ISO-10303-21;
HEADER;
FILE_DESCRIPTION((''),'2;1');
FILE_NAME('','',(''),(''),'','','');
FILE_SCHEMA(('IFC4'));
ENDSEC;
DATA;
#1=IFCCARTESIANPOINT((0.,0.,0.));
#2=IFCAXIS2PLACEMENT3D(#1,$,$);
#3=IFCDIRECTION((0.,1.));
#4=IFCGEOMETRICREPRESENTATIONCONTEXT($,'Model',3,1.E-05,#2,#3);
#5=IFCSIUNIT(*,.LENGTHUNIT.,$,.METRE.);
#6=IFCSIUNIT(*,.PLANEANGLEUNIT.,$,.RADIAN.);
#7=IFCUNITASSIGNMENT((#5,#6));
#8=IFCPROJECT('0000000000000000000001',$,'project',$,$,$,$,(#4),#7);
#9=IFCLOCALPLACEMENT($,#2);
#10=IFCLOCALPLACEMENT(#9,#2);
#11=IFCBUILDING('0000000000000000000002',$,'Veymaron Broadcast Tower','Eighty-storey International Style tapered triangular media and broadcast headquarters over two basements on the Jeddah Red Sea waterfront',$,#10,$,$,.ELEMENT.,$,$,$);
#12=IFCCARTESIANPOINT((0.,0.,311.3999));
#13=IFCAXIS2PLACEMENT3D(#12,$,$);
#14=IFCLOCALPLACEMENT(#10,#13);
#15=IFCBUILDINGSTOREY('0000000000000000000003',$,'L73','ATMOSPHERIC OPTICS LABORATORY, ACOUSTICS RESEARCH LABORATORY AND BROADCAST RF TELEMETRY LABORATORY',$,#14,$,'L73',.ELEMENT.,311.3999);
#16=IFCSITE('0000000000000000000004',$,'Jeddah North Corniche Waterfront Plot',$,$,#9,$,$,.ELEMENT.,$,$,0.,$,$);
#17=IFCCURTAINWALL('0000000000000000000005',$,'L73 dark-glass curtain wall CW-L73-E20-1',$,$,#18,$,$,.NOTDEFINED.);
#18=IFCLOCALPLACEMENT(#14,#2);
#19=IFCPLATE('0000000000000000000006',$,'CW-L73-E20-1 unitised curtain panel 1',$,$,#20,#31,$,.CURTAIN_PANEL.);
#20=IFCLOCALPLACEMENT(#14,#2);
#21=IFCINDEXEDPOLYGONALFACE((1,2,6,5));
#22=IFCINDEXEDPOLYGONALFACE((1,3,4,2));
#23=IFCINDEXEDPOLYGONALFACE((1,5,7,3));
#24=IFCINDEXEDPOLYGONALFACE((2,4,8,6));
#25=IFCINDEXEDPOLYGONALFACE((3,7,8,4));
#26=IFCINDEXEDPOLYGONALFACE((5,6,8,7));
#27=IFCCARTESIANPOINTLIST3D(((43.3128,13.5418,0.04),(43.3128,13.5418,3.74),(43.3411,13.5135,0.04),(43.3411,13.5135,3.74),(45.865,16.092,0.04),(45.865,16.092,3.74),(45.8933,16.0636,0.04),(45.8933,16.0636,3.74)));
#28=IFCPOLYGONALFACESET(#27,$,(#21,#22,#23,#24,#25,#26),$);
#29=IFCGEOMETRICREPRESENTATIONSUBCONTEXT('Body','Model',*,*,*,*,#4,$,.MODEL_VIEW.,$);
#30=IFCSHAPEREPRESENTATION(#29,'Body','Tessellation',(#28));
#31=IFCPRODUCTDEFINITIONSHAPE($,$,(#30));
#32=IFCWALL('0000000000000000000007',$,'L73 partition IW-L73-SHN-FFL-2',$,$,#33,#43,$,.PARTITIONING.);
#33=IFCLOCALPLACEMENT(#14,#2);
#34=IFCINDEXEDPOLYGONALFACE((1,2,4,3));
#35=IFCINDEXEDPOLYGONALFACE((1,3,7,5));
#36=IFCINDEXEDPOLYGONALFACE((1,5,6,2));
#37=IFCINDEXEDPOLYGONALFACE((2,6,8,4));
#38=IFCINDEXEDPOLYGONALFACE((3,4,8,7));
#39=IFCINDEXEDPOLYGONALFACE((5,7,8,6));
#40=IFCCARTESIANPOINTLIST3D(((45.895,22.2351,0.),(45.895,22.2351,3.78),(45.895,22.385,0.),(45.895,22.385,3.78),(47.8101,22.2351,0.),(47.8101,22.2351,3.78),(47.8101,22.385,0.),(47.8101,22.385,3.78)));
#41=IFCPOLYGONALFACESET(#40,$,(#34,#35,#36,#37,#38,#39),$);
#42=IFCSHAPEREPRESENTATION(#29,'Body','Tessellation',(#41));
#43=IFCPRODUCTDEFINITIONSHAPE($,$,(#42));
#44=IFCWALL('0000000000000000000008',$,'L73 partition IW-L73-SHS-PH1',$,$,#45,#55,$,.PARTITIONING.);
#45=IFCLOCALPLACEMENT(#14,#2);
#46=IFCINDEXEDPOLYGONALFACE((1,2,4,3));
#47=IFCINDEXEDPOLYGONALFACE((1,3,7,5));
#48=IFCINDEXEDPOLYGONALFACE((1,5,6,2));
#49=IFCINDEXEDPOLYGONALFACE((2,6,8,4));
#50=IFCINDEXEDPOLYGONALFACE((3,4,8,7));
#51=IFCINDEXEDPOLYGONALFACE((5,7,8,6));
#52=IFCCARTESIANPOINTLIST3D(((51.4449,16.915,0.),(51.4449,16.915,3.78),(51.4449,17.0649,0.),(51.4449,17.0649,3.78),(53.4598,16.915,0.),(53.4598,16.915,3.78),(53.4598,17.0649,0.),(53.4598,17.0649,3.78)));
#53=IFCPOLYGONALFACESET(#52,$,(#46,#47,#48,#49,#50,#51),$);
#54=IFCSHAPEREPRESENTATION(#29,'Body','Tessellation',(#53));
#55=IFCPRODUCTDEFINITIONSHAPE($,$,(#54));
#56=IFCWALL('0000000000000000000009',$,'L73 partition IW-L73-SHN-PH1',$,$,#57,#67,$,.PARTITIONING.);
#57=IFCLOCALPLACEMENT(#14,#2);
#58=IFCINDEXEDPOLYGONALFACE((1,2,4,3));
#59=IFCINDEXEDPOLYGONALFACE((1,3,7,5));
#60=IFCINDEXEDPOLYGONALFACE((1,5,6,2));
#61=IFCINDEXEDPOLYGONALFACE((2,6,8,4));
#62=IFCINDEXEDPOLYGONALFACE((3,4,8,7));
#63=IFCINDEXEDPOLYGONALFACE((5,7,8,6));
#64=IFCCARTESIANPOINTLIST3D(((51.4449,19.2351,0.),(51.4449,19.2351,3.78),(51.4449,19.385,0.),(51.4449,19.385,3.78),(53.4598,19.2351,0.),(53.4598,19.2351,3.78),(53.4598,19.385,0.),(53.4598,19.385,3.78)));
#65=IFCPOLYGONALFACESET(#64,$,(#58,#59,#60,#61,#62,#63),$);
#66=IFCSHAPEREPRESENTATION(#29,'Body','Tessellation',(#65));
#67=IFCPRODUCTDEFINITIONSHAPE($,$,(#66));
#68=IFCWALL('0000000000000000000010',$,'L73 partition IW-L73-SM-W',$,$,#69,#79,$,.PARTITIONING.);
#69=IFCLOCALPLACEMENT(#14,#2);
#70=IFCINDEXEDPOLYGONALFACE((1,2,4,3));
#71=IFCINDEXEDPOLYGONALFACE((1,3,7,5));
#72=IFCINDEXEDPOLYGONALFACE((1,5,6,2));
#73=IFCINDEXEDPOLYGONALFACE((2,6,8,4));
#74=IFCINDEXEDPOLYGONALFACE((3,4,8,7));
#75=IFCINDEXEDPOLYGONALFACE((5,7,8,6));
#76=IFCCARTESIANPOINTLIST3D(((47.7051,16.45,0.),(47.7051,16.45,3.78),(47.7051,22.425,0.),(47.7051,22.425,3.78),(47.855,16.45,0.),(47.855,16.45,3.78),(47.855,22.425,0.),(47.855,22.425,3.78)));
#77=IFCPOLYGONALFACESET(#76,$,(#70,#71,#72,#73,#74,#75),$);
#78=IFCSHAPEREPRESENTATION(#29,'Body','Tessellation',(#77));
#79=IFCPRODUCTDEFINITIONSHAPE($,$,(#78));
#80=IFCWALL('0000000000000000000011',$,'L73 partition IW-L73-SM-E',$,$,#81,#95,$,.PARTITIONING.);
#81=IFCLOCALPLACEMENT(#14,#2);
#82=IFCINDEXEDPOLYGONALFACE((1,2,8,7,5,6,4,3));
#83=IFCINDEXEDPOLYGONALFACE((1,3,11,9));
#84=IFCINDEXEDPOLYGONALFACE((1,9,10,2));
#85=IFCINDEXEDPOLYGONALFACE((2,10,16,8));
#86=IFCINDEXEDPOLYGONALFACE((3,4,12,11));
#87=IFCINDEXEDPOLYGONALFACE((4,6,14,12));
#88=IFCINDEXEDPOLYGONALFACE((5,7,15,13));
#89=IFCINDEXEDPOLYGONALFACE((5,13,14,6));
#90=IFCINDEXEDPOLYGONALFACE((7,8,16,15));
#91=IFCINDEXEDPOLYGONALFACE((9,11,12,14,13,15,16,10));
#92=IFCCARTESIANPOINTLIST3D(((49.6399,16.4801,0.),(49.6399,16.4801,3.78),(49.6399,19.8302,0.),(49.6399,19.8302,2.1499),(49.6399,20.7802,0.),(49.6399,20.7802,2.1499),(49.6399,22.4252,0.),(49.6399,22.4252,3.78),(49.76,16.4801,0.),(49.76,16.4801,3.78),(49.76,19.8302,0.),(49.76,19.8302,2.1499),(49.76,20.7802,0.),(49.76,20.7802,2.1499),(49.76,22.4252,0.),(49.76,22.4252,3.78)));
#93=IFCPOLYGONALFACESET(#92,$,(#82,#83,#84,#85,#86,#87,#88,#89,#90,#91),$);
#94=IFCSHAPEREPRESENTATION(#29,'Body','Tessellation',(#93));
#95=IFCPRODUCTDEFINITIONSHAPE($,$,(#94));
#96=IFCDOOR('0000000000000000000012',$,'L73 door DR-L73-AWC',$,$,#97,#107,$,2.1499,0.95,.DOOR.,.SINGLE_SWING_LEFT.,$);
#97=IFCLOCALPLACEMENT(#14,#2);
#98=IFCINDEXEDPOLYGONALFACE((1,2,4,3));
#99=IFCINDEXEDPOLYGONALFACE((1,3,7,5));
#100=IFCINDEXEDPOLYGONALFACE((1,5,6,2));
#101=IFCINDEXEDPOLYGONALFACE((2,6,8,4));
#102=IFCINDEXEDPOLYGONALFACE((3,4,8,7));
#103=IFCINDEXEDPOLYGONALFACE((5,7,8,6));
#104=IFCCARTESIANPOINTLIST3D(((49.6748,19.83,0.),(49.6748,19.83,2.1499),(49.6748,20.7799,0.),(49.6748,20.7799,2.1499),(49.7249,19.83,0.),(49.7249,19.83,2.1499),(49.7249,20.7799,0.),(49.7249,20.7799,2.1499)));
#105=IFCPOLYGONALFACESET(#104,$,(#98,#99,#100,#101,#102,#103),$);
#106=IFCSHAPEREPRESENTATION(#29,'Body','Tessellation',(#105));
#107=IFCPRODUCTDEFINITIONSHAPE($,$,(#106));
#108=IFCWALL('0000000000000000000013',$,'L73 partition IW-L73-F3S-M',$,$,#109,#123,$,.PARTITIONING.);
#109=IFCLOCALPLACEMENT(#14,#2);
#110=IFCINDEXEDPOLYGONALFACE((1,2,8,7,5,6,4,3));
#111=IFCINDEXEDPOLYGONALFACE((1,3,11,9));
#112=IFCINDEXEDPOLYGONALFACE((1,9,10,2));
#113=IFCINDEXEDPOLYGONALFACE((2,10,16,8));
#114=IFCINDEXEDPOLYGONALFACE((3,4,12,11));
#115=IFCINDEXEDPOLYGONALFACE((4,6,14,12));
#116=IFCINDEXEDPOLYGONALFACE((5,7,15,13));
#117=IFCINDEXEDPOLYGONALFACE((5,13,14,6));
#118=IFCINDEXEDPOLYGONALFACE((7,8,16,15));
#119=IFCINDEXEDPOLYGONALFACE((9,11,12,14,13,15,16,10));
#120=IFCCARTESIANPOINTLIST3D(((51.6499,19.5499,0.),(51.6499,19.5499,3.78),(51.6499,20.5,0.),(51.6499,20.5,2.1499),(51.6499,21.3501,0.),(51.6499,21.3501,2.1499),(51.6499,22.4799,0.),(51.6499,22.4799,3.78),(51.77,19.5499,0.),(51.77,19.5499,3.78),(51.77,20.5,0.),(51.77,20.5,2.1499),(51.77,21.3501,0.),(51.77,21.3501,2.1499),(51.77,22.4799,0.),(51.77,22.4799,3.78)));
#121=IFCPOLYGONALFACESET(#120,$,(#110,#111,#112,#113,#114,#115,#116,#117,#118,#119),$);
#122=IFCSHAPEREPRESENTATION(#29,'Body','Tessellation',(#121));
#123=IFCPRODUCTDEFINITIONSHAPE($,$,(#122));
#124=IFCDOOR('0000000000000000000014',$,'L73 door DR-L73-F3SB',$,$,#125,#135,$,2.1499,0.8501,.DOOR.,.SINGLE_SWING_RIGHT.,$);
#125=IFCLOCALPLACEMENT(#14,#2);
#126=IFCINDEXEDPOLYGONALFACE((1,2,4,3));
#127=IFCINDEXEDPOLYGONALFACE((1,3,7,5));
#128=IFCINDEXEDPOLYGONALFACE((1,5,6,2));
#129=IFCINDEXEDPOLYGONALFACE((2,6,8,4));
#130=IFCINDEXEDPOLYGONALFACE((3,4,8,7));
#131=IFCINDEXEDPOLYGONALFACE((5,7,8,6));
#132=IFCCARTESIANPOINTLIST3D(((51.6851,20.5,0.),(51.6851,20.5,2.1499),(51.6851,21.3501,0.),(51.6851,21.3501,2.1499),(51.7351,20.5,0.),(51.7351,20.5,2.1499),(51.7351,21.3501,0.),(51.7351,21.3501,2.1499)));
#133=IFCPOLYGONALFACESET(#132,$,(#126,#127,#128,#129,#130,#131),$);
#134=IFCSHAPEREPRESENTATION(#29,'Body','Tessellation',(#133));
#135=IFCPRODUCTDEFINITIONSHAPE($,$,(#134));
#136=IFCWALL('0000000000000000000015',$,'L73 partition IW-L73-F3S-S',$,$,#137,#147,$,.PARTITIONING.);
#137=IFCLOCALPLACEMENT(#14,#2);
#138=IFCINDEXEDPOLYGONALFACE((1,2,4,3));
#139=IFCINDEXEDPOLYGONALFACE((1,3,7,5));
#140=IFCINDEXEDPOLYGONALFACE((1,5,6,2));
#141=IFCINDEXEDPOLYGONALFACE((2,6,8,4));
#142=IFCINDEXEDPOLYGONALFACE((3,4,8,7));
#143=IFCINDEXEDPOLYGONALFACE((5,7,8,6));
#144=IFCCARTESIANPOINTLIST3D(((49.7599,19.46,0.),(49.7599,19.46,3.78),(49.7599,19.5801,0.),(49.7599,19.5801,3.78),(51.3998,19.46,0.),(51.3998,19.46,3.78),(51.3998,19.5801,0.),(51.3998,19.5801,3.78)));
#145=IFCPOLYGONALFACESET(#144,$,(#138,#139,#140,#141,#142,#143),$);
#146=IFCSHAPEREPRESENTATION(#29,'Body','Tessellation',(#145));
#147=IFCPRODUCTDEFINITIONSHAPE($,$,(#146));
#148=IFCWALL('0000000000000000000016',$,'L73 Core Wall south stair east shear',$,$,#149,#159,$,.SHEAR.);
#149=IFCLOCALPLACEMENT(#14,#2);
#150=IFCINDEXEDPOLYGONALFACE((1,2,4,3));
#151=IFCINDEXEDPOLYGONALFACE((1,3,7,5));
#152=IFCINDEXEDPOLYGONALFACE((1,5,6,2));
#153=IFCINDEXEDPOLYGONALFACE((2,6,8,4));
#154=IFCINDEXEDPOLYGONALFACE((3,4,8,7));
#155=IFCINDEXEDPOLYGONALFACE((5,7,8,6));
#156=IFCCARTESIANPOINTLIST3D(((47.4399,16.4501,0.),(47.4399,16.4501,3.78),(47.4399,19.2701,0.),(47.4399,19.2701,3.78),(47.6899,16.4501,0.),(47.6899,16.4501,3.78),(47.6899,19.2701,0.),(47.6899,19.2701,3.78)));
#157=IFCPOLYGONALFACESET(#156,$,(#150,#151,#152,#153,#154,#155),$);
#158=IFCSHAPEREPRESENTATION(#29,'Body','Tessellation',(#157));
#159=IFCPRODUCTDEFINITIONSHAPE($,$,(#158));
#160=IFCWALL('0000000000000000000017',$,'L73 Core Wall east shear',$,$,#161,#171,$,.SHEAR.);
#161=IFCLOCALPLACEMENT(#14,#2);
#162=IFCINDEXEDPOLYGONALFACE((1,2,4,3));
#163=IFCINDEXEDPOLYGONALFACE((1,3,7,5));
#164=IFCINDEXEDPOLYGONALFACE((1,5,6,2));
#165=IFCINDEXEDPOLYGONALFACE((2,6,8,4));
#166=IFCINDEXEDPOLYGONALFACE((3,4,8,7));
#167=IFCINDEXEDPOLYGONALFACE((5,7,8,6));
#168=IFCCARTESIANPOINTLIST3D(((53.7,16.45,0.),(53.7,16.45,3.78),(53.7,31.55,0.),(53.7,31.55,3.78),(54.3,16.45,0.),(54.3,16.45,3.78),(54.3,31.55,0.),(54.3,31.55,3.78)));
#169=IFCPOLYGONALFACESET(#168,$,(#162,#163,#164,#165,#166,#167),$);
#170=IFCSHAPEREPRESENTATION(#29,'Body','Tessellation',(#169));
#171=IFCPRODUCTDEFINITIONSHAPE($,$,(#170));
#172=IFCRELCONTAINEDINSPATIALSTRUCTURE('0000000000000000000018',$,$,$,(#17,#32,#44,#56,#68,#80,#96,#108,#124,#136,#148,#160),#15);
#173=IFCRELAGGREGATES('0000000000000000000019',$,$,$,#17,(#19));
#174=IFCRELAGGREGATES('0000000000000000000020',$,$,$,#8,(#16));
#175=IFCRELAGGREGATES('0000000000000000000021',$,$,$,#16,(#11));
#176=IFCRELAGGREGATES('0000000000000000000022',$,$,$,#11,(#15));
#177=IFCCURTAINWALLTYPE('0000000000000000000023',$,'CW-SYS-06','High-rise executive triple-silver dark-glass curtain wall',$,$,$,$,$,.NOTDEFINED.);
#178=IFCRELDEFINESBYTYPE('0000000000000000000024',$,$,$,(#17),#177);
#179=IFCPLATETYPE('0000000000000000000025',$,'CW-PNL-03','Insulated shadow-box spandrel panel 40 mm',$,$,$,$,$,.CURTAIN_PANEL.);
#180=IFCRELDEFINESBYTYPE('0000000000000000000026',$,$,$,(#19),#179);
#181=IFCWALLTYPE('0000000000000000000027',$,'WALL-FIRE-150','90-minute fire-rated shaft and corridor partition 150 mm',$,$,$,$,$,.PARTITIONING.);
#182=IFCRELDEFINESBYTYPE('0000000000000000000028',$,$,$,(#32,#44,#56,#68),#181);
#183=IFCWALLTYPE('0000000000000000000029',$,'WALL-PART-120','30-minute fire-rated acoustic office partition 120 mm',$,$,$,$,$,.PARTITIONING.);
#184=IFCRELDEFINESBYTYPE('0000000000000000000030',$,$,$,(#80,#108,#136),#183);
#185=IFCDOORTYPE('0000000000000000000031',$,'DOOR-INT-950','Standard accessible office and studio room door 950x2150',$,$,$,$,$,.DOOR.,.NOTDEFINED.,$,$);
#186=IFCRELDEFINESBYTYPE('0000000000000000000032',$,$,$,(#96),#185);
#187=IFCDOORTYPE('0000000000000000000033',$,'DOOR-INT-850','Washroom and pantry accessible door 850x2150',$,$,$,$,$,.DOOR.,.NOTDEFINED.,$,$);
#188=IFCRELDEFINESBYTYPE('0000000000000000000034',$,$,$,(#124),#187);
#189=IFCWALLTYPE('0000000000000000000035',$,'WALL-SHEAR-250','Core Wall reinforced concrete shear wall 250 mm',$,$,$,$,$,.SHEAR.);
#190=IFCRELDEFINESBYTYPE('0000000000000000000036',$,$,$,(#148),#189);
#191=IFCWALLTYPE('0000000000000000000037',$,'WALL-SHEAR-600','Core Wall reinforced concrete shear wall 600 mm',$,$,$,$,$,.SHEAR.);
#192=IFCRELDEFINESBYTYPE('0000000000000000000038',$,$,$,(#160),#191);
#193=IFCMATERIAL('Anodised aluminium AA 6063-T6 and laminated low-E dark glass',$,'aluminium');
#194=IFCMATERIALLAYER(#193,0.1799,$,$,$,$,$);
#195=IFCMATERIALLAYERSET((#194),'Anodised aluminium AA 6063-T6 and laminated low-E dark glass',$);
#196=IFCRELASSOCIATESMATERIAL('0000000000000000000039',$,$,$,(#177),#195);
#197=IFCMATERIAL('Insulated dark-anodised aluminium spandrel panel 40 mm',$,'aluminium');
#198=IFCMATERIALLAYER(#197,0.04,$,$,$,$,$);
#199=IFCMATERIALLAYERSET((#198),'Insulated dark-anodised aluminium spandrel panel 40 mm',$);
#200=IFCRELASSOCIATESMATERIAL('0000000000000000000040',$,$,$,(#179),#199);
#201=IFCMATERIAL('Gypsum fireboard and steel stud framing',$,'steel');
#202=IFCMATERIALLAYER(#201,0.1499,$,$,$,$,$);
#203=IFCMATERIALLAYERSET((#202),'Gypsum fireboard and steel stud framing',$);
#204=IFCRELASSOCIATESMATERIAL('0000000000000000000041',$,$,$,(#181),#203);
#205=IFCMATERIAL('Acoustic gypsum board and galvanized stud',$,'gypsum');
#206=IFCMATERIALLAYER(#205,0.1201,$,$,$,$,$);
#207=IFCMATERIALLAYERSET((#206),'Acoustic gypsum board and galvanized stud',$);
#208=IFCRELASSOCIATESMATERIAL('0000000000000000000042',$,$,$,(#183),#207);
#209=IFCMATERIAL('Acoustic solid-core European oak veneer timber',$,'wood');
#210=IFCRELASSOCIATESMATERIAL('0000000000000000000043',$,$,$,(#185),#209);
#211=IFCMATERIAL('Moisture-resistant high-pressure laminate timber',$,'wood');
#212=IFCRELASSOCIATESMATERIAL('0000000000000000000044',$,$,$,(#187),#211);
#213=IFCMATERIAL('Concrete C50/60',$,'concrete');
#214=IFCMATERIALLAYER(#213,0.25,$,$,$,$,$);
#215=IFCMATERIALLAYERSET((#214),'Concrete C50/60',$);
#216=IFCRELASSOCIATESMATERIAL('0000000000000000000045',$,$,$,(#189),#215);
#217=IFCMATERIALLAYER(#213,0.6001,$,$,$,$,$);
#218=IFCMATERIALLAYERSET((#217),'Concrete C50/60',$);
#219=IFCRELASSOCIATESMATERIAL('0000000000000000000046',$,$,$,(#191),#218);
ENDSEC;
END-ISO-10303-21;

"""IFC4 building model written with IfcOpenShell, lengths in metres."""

from ifc_helpers import new_model, si_unit, direction, frame, frame_2d, origin, origin_2d, place, context, subcontext, project, spatial, rectangle, extrude, material, layer, layer_set, type_object, element, fill, aggregate, save


model = new_model("IFC4")

# Units and contexts
model_context = context("Model", 3, precision=1e-05, world=origin(), true_north=direction((0.0, 1.0)))
body_context = subcontext(model_context, "Body", "Model", "MODEL_VIEW")
ifc_project = project(units=[si_unit("LENGTHUNIT", "METRE"), si_unit("PLANEANGLEUNIT", "RADIAN")], contexts=[model_context])

# Site, building, storey
site_placement = place(None, origin())
site = spatial("IfcSite", under=ifc_project, at=site_placement, Name="Jeddah North Corniche Waterfront Plot", CompositionType="ELEMENT", RefElevation=0.0)
building_placement = place(site_placement, origin())
building = spatial("IfcBuilding", under=site, at=building_placement, Name="Veymaron Broadcast Tower", Description="Eighty-storey International Style tapered triangular media and broadcast headquarters over two basements on the Jeddah Red Sea waterfront", CompositionType="ELEMENT")
storey_placement = place(building_placement, frame((0.0, 0.0, 311.3999)))
storey = spatial("IfcBuildingStorey", under=building, at=storey_placement, Name="L73", Description="ATMOSPHERIC OPTICS LABORATORY, ACOUSTICS RESEARCH LABORATORY AND BROADCAST RF TELEMETRY LABORATORY", LongName="L73", CompositionType="ELEMENT", Elevation=311.3999)

# Shared definitions
ifc_material_1 = material(Name="Anodised aluminium AA 6063-T6 and laminated low-E dark glass", Category="aluminium")
ifc_layer_1 = layer(ifc_material_1, 0.1799)
ifc_layer_set_1 = layer_set([ifc_layer_1], Name="Anodised aluminium AA 6063-T6 and laminated low-E dark glass")
curtain_wall_type = type_object("IfcCurtainWallType", Name="CW-SYS-06", Description="High-rise executive triple-silver dark-glass curtain wall", PredefinedType="NOTDEFINED", material=ifc_layer_set_1)

# Curtain wall
curtain_wall_1_placement = place(storey_placement, origin())
curtain_wall_1 = element("IfcCurtainWall", 1, at=curtain_wall_1_placement, inside=storey, type_object=curtain_wall_type, Name="L73 dark-glass curtain wall CW-L73-E20-1", PredefinedType="NOTDEFINED")

# Plate
ifc_material_2 = material(Name="Insulated dark-anodised aluminium spandrel panel 40 mm", Category="aluminium")
ifc_layer_2 = layer(ifc_material_2, 0.04)
ifc_layer_set_2 = layer_set([ifc_layer_2], Name="Insulated dark-anodised aluminium spandrel panel 40 mm")
plate_type = type_object("IfcPlateType", Name="CW-PNL-03", Description="Insulated shadow-box spandrel panel 40 mm", PredefinedType="CURTAIN_PANEL", material=ifc_layer_set_2)
plate_1_placement = place(storey_placement, frame((44.603, 14.8027, 0.04), z_axis=(0.0, 0.0, 1.0), x_axis=(0.707403, 0.706811, 0.0)))
plate_1 = element("IfcPlate", 2, at=plate_1_placement, type_object=plate_type, Name="CW-L73-E20-1 unitised curtain panel 1", PredefinedType="CURTAIN_PANEL", context=body_context, shape_type="SweptSolid", body=[
    extrude(rectangle(XDim=3.6079, YDim=0.04, at=origin_2d()), origin(), (0.0, 0.0, 1.0), 3.7),
])
aggregate(curtain_wall_1, [plate_1])

# Shared definitions
ifc_material_3 = material(Name="Gypsum fireboard and steel stud framing", Category="steel")
ifc_layer_3 = layer(ifc_material_3, 0.1499)
ifc_layer_set_3 = layer_set([ifc_layer_3], Name="Gypsum fireboard and steel stud framing")
wall_type_1 = type_object("IfcWallType", Name="WALL-FIRE-150", Description="90-minute fire-rated shaft and corridor partition 150 mm", PredefinedType="PARTITIONING", material=ifc_layer_set_3)

# Wall
wall_1_placement = place(storey_placement, frame((45.895, 22.3101, 0.0), z_axis=(0.0, 0.0, 1.0), x_axis=(1.0, 0.0, 0.0)))
element("IfcWall", 3, at=wall_1_placement, inside=storey, type_object=wall_type_1, Name="L73 partition IW-L73-SHN-FFL-2", PredefinedType="PARTITIONING", context=body_context, shape_type="SweptSolid", body=[
    extrude(rectangle(XDim=1.915, YDim=0.1499, at=frame_2d((0.9575, 0.0))), origin(), (0.0, 0.0, 1.0), 3.78),
])

# Walls
for number, where, z_axis, x_axis, name in (
    (4, (51.4451, 16.99, 0.0), (0.0, 0.0, 1.0), (1.0, 0.0, 0.0), "L73 partition IW-L73-SHS-PH1"),
    (5, (51.4451, 19.3101, 0.0), (0.0, 0.0, 1.0), (1.0, 0.0, 0.0), "L73 partition IW-L73-SHN-PH1"),
):
    element("IfcWall", number, at=place(storey_placement, frame(where, z_axis=z_axis, x_axis=x_axis)), inside=storey, type_object=wall_type_1, Name=name, PredefinedType="PARTITIONING", context=body_context, shape_type="SweptSolid", body=[
        extrude(rectangle(XDim=2.0149, YDim=0.1499, at=frame_2d((1.0073, 0.0))), origin(), (0.0, 0.0, 1.0), 3.78),
    ])

# Wall
wall_2_placement = place(storey_placement, frame((47.78, 16.45, 0.0), z_axis=(0.0, 0.0, 1.0), x_axis=(0.0, 1.0, 0.0)))
element("IfcWall", 6, at=wall_2_placement, inside=storey, type_object=wall_type_1, Name="L73 partition IW-L73-SM-W", PredefinedType="PARTITIONING", context=body_context, shape_type="SweptSolid", body=[
    extrude(rectangle(XDim=5.9751, YDim=0.1499, at=frame_2d((2.9875, 0.0))), origin(), (0.0, 0.0, 1.0), 3.78),
])

# Walls, openings, doors
ifc_material_4 = material(Name="Acoustic gypsum board and galvanized stud", Category="gypsum")
ifc_layer_4 = layer(ifc_material_4, 0.1201)
ifc_layer_set_4 = layer_set([ifc_layer_4], Name="Acoustic gypsum board and galvanized stud")
wall_type_2 = type_object("IfcWallType", Name="WALL-PART-120", Description="30-minute fire-rated acoustic office partition 120 mm", PredefinedType="PARTITIONING", material=ifc_layer_set_4)
wall_3_placement = place(storey_placement, frame((49.7, 16.48, 0.0), z_axis=(0.0, 0.0, 1.0), x_axis=(0.0, 1.0, 0.0)))
wall_3 = element("IfcWall", 7, at=wall_3_placement, inside=storey, type_object=wall_type_2, Name="L73 partition IW-L73-SM-E", PredefinedType="PARTITIONING", context=body_context, shape_type="SweptSolid", body=[
    extrude(rectangle(XDim=5.9451, YDim=0.1201, at=frame_2d((2.9727, 0.0))), origin(), (0.0, 0.0, 1.0), 3.78),
])
opening_1_placement = place(wall_3_placement, frame((3.3501, 0.0, 0.0)))
opening_1 = element("IfcOpeningElement", 8, at=opening_1_placement, cuts=wall_3, PredefinedType="OPENING", context=body_context, shape_type="SweptSolid", body=[
    extrude(rectangle(XDim=0.95, YDim=2.1499, at=frame_2d((0.4751, 1.075))), frame((0.0, 0.0701, 0.0), z_axis=(0.0, -1.0, 0.0), x_axis=(1.0, 0.0, 0.0)), (0.0, 0.0, 1.0), 0.1401),
])
ifc_material_5 = material(Name="Acoustic solid-core European oak veneer timber", Category="wood")
door_type_1 = type_object("IfcDoorType", Name="DOOR-INT-950", Description="Standard accessible office and studio room door 950x2150", OperationType="NOTDEFINED", PredefinedType="DOOR", material=ifc_material_5)
door_1_placement = place(opening_1_placement, frame((0.95, 0.0, 0.0), z_axis=(0.0, 0.0, 1.0), x_axis=(-1.0, 0.0, 0.0)))
door_1 = element("IfcDoor", 9, at=door_1_placement, inside=storey, type_object=door_type_1, Name="L73 door DR-L73-AWC", OperationType="SINGLE_SWING_LEFT", OverallHeight=2.1499, OverallWidth=0.95, PredefinedType="DOOR", context=body_context, shape_type="SweptSolid", body=[
    extrude(rectangle(XDim=0.95, YDim=2.1499, at=frame_2d((0.4751, 1.075))), frame((0.0, 0.0249, 0.0), z_axis=(0.0, -1.0, 0.0), x_axis=(1.0, 0.0, 0.0)), (0.0, 0.0, 1.0), 0.05),
])
fill(opening_1, door_1)
wall_4_placement = place(storey_placement, frame((51.71, 19.55, 0.0), z_axis=(0.0, 0.0, 1.0), x_axis=(0.0, 1.0, 0.0)))
wall_4 = element("IfcWall", 10, at=wall_4_placement, inside=storey, type_object=wall_type_2, Name="L73 partition IW-L73-F3S-M", PredefinedType="PARTITIONING", context=body_context, shape_type="SweptSolid", body=[
    extrude(rectangle(XDim=2.9299, YDim=0.1201, at=frame_2d((1.4648, 0.0))), origin(), (0.0, 0.0, 1.0), 3.78),
])
opening_2_placement = place(wall_4_placement, frame((0.95, 0.0, 0.0)))
opening_2 = element("IfcOpeningElement", 11, at=opening_2_placement, cuts=wall_4, PredefinedType="OPENING", context=body_context, shape_type="SweptSolid", body=[
    extrude(rectangle(XDim=0.8501, YDim=2.1499, at=frame_2d((0.425, 1.075))), frame((0.0, 0.0701, 0.0), z_axis=(0.0, -1.0, 0.0), x_axis=(1.0, 0.0, 0.0)), (0.0, 0.0, 1.0), 0.1401),
])
ifc_material_6 = material(Name="Moisture-resistant high-pressure laminate timber", Category="wood")
door_type_2 = type_object("IfcDoorType", Name="DOOR-INT-850", Description="Washroom and pantry accessible door 850x2150", OperationType="NOTDEFINED", PredefinedType="DOOR", material=ifc_material_6)
door_2_placement = place(opening_2_placement, origin())
door_2 = element("IfcDoor", 12, at=door_2_placement, inside=storey, type_object=door_type_2, Name="L73 door DR-L73-F3SB", OperationType="SINGLE_SWING_RIGHT", OverallHeight=2.1499, OverallWidth=0.8501, PredefinedType="DOOR", context=body_context, shape_type="SweptSolid", body=[
    extrude(rectangle(XDim=0.8501, YDim=2.1499, at=frame_2d((0.425, 1.075))), frame((0.0, 0.0249, 0.0), z_axis=(0.0, -1.0, 0.0), x_axis=(1.0, 0.0, 0.0)), (0.0, 0.0, 1.0), 0.05),
])
fill(opening_2, door_2)

# Walls
wall_5_placement = place(storey_placement, frame((49.76, 19.52, 0.0), z_axis=(0.0, 0.0, 1.0), x_axis=(1.0, 0.0, 0.0)))
element("IfcWall", 13, at=wall_5_placement, inside=storey, type_object=wall_type_2, Name="L73 partition IW-L73-F3S-S", PredefinedType="PARTITIONING", context=body_context, shape_type="SweptSolid", body=[
    extrude(rectangle(XDim=1.6399, YDim=0.1201, at=frame_2d((0.8198, 0.0))), origin(), (0.0, 0.0, 1.0), 3.78),
])
ifc_material_7 = material(Name="Concrete C50/60", Category="concrete")
ifc_layer_5 = layer(ifc_material_7, 0.25)
ifc_layer_set_5 = layer_set([ifc_layer_5], Name="Concrete C50/60")
wall_type_3 = type_object("IfcWallType", Name="WALL-SHEAR-250", Description="Core Wall reinforced concrete shear wall 250 mm", PredefinedType="SHEAR", material=ifc_layer_set_5)
wall_6_placement = place(storey_placement, frame((47.5649, 16.45, 0.0), z_axis=(0.0, 0.0, 1.0), x_axis=(0.0, 1.0, 0.0)))
element("IfcWall", 14, at=wall_6_placement, inside=storey, type_object=wall_type_3, Name="L73 Core Wall south stair east shear", PredefinedType="SHEAR", context=body_context, shape_type="SweptSolid", body=[
    extrude(rectangle(XDim=2.8201, YDim=0.25, at=frame_2d((1.4102, 0.0))), origin(), (0.0, 0.0, 1.0), 3.78),
])
ifc_layer_6 = layer(ifc_material_7, 0.6001)
ifc_layer_set_6 = layer_set([ifc_layer_6], Name="Concrete C50/60")
wall_type_4 = type_object("IfcWallType", Name="WALL-SHEAR-600", Description="Core Wall reinforced concrete shear wall 600 mm", PredefinedType="SHEAR", material=ifc_layer_set_6)
wall_7_placement = place(storey_placement, frame((54.0, 16.45, 0.0), z_axis=(0.0, 0.0, 1.0), x_axis=(0.0, 1.0, 0.0)))
element("IfcWall", 15, at=wall_7_placement, inside=storey, type_object=wall_type_4, Name="L73 Core Wall east shear", PredefinedType="SHEAR", context=body_context, shape_type="SweptSolid", body=[
    extrude(rectangle(XDim=15.1001, YDim=0.6001, at=frame_2d((7.55, 0.0))), origin(), (0.0, 0.0, 1.0), 3.78),
])

save(model, "model.ifc")
